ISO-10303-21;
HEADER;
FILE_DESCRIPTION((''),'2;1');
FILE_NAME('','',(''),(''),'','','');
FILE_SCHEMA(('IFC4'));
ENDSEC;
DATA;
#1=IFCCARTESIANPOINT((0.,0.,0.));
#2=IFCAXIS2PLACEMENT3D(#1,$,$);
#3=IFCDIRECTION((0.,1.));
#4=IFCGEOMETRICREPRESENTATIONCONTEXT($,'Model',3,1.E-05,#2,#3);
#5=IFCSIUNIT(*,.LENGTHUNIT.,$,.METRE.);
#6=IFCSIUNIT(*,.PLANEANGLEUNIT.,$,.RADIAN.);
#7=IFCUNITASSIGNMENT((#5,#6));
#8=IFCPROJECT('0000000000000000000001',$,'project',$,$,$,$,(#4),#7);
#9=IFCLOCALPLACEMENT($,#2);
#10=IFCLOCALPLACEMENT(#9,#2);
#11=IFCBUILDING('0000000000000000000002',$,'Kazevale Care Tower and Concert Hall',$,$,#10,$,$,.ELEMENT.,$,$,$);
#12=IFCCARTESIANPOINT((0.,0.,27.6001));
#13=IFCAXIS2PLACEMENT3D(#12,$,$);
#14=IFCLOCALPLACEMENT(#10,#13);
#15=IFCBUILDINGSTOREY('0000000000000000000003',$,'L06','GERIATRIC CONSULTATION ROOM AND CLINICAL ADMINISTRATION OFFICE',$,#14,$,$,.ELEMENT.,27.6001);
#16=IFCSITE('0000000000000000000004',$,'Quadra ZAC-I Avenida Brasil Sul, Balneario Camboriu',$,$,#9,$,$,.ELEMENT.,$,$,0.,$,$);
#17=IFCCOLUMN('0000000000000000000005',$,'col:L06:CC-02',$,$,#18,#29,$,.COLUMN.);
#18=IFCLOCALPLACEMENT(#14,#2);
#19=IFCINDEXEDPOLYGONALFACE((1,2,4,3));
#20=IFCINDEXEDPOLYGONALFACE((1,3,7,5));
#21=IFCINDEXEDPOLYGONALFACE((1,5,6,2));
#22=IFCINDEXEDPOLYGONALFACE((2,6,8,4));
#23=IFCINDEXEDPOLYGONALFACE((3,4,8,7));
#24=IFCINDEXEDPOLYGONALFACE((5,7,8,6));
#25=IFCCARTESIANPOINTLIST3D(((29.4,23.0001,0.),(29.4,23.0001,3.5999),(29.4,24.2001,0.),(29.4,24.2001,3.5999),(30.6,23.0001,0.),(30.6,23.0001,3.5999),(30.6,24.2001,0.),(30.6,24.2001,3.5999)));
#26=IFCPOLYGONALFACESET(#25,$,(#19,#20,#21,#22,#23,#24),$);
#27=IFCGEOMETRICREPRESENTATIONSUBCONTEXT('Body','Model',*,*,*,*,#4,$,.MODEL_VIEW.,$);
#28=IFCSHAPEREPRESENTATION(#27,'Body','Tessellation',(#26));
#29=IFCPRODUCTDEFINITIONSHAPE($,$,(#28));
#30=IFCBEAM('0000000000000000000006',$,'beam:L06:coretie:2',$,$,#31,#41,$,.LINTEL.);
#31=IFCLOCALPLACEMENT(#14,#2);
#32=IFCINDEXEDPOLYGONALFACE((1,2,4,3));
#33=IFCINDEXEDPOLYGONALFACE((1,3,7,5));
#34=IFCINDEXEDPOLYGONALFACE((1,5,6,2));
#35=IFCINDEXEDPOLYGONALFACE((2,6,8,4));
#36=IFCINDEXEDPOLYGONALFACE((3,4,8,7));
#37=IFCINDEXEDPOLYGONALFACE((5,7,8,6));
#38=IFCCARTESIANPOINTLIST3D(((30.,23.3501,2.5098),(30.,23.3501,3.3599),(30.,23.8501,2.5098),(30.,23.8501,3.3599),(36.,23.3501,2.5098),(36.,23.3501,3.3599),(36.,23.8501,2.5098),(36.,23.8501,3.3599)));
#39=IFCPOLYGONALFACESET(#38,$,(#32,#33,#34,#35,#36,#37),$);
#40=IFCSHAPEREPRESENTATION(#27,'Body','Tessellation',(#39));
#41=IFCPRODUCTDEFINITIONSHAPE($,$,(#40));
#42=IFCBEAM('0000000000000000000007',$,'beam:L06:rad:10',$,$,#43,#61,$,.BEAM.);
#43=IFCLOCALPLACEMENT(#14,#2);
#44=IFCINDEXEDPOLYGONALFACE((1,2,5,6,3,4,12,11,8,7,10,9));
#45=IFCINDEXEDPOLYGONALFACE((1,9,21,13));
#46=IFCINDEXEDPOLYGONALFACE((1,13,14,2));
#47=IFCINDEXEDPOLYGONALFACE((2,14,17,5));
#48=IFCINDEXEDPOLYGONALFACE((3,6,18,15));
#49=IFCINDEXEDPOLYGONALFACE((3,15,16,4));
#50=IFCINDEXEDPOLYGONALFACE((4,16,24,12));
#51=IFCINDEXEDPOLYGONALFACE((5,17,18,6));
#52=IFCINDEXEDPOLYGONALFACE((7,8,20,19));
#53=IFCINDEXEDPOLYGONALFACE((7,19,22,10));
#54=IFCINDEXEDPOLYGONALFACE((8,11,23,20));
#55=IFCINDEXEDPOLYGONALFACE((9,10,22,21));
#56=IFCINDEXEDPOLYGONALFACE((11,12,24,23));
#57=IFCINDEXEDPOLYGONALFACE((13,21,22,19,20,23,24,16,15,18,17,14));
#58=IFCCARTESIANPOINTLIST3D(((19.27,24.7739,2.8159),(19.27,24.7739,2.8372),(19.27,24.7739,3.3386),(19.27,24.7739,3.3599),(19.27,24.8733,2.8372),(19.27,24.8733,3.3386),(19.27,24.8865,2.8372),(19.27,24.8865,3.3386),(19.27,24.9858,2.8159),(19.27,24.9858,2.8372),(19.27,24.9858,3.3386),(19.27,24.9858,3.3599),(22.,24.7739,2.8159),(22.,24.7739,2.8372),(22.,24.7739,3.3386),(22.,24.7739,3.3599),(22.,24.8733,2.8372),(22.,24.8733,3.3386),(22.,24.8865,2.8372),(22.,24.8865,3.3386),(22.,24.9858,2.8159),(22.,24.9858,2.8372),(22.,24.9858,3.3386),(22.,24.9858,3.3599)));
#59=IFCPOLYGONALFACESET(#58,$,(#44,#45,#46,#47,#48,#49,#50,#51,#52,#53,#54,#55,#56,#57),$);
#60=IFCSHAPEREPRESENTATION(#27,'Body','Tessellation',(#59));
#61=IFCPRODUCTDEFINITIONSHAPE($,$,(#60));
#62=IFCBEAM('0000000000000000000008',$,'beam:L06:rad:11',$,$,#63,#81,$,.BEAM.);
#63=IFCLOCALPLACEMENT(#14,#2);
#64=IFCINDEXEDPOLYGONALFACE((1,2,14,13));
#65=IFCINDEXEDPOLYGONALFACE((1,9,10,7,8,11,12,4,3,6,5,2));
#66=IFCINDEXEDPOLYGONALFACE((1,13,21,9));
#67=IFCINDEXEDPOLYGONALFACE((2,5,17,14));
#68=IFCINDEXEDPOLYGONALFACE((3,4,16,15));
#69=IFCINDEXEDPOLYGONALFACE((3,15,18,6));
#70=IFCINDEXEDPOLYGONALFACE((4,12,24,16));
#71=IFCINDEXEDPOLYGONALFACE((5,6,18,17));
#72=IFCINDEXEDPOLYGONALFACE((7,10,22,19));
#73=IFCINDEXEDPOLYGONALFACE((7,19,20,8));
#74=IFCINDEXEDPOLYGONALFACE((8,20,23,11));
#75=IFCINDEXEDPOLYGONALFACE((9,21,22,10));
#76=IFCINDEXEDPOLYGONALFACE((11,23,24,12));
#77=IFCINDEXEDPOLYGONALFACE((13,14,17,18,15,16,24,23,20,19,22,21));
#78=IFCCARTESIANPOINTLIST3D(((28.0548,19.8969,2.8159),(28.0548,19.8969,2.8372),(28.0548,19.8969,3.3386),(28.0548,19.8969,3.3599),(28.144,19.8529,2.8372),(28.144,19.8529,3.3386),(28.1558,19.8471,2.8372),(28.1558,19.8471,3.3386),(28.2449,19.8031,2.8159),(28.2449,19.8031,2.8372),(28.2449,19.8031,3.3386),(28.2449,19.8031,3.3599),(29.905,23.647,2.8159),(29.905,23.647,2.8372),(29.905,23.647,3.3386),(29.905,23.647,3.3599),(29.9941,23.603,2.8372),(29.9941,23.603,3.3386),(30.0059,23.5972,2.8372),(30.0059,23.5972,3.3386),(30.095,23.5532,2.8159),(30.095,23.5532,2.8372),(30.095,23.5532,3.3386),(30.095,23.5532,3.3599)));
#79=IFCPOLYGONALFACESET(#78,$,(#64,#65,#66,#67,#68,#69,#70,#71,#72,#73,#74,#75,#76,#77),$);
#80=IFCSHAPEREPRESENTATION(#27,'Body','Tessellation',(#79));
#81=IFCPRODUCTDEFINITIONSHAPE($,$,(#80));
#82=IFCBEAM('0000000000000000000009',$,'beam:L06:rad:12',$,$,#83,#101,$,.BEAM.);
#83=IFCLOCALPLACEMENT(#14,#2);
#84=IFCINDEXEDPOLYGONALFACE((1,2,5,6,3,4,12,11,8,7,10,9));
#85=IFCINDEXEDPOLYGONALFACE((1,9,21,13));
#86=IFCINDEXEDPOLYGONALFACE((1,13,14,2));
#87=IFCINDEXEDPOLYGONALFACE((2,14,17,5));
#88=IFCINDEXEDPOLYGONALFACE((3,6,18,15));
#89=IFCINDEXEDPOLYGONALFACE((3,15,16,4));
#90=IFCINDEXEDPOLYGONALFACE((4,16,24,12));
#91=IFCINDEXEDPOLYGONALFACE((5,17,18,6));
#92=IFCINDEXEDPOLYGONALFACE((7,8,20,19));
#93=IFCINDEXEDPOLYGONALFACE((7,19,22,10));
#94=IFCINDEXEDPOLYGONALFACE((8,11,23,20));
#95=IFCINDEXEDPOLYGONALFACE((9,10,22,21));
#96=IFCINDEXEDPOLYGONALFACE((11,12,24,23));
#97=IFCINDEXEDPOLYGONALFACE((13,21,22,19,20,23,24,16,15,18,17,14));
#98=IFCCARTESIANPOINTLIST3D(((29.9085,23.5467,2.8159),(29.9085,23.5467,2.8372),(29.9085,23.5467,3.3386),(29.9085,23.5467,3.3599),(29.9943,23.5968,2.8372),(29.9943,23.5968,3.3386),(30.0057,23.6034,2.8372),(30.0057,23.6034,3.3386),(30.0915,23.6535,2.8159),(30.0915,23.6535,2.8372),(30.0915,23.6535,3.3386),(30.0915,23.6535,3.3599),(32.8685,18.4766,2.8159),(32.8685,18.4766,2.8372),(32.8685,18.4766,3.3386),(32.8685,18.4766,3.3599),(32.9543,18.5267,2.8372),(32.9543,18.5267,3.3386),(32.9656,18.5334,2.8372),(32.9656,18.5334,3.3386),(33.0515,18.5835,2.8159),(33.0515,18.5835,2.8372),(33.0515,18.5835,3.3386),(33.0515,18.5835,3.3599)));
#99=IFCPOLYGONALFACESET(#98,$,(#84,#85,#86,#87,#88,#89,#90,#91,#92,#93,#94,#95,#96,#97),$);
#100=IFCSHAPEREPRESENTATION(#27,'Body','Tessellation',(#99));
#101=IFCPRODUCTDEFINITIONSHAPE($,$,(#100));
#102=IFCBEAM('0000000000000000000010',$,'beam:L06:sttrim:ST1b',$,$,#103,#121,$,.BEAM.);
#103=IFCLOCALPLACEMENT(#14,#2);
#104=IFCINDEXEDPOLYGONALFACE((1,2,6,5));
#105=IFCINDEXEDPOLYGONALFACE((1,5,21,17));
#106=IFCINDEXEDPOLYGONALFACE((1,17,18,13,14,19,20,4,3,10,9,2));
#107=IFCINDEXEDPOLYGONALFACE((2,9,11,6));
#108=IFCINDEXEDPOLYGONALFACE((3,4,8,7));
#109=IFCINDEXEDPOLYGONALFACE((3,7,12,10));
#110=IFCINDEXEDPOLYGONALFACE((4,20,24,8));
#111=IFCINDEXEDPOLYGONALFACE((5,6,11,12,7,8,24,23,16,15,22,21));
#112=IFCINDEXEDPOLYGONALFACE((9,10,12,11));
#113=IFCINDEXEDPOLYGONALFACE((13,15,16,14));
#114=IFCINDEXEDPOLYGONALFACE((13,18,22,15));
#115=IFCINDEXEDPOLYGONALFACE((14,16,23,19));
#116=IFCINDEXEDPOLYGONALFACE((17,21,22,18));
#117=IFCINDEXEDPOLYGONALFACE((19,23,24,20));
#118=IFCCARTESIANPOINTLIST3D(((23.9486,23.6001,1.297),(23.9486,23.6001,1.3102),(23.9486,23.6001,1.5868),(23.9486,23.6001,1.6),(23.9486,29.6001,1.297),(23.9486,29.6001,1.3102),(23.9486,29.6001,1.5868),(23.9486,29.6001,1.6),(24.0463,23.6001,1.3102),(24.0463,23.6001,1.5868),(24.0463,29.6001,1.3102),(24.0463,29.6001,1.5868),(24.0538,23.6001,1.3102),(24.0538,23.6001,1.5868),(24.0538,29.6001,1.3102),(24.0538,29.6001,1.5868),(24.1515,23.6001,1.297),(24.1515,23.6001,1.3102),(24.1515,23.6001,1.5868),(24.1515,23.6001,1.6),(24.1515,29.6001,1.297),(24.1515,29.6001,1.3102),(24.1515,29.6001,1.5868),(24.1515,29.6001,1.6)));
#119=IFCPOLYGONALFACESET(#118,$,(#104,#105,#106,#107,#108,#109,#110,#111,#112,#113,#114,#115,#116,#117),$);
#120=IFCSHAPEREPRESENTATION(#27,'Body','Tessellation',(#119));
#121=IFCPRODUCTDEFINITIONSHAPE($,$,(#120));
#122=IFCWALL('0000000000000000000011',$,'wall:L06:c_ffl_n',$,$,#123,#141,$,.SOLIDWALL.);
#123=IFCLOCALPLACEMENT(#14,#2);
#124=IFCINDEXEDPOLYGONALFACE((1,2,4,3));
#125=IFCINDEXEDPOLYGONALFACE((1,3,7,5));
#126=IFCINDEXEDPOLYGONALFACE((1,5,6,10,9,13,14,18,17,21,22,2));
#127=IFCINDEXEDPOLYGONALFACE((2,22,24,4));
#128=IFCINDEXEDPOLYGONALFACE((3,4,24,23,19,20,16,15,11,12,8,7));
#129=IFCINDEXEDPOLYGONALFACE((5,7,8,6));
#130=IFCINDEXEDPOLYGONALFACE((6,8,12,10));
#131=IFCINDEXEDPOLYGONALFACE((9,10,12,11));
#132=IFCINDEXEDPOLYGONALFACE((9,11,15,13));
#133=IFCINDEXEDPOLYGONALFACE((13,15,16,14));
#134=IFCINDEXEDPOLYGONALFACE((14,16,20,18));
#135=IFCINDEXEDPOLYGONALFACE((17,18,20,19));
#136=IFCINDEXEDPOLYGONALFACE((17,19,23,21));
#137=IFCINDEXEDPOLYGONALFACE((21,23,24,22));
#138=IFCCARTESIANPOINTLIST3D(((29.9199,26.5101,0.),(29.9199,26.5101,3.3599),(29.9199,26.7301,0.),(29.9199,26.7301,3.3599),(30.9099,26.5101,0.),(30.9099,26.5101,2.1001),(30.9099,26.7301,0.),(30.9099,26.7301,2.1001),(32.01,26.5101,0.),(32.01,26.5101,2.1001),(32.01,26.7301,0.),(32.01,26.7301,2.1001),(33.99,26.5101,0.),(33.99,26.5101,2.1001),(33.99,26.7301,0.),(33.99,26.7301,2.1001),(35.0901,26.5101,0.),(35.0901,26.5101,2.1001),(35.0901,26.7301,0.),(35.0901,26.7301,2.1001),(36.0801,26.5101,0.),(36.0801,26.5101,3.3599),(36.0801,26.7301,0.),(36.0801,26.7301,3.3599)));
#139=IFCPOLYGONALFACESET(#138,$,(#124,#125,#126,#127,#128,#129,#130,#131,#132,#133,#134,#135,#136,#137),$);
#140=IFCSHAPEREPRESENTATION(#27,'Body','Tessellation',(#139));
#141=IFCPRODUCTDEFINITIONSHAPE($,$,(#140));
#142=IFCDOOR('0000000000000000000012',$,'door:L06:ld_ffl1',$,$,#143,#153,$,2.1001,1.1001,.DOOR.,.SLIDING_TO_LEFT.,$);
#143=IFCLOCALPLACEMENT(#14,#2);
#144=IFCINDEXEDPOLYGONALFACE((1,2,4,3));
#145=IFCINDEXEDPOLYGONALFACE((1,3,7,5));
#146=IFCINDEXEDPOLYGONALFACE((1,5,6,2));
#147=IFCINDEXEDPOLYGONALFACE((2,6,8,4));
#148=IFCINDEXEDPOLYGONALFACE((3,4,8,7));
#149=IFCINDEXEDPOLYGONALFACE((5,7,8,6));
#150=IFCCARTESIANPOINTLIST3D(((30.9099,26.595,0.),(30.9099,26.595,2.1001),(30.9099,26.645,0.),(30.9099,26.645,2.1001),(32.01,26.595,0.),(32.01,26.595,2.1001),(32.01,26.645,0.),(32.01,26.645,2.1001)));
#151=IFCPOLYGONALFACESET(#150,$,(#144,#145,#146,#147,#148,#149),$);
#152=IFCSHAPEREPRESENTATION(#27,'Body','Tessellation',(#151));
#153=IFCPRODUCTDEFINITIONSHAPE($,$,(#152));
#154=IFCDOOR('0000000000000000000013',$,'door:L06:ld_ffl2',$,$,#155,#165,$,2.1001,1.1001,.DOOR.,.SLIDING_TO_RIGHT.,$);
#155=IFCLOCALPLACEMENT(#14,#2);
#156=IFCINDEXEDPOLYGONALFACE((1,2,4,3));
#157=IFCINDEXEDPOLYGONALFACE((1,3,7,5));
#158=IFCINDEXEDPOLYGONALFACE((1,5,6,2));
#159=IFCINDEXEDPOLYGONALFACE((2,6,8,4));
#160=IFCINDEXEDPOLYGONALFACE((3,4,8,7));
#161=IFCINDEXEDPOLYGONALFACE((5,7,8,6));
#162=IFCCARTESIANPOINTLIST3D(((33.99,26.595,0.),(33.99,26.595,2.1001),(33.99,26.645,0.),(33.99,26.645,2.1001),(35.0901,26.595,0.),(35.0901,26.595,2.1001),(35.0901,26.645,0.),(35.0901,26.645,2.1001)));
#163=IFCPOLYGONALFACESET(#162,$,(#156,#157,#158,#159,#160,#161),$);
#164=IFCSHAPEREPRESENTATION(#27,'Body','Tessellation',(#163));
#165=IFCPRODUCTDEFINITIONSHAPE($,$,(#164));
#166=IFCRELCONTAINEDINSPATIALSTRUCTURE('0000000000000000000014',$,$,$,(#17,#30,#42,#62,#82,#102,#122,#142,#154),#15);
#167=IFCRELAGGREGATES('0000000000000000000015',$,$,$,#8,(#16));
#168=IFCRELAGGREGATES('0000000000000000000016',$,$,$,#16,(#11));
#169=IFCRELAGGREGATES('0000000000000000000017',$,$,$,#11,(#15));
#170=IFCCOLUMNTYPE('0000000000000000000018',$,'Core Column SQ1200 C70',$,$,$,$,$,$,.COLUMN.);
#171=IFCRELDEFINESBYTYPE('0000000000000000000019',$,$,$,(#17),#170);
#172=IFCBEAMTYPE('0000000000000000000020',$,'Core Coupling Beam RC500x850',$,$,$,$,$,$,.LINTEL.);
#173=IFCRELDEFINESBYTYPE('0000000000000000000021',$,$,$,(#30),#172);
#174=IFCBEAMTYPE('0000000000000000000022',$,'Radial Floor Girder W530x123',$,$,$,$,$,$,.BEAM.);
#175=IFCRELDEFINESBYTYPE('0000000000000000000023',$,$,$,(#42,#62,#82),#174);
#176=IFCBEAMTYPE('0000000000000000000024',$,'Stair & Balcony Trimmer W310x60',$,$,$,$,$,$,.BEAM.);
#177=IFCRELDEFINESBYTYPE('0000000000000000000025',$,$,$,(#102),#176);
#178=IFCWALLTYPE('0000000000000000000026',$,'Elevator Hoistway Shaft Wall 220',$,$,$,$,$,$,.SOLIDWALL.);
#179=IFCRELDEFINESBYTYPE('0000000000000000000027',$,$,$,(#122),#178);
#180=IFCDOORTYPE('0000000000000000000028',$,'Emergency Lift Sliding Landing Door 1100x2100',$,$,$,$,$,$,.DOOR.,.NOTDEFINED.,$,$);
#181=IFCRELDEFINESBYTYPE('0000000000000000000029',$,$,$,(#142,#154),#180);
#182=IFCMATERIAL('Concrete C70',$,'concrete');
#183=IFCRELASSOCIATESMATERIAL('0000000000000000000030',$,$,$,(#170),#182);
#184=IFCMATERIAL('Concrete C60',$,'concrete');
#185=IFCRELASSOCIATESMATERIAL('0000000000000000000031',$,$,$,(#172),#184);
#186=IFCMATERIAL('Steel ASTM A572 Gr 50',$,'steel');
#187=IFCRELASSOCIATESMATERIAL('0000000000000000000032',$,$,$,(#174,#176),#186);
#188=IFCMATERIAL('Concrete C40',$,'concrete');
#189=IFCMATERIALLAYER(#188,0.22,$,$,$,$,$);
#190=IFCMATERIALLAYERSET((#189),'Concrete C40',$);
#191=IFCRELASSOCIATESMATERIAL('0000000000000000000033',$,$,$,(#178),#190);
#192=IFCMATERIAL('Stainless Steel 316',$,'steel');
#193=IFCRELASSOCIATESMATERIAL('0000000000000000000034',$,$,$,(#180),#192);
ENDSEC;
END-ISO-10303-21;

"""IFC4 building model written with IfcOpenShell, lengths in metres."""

from ifc_helpers import new_model, si_unit, direction, frame, frame_2d, origin, origin_2d, place, context, subcontext, project, spatial, rectangle, i_section, extrude, material, layer, layer_set, material_profile, profile_set, type_object, element, fill, save


model = new_model("IFC4")

# Units and contexts
model_context = context("Model", 3, precision=1e-05, world=origin(), true_north=direction((0.0, 1.0)))
body_context = subcontext(model_context, "Body", "Model", "MODEL_VIEW")
ifc_project = project(units=[si_unit("LENGTHUNIT", "METRE"), si_unit("PLANEANGLEUNIT", "RADIAN")], contexts=[model_context])

# Site, building, storey
site_placement = place(None, origin())
site = spatial("IfcSite", under=ifc_project, at=site_placement, Name="Quadra ZAC-I Avenida Brasil Sul, Balneario Camboriu", CompositionType="ELEMENT", RefElevation=0.0)
building_placement = place(site_placement, origin())
building = spatial("IfcBuilding", under=site, at=building_placement, Name="Kazevale Care Tower and Concert Hall", CompositionType="ELEMENT")
storey_placement = place(building_placement, frame((0.0, 0.0, 27.6001)))
storey = spatial("IfcBuildingStorey", under=building, at=storey_placement, Name="L06", Description="GERIATRIC CONSULTATION ROOM AND CLINICAL ADMINISTRATION OFFICE", CompositionType="ELEMENT", Elevation=27.6001)

# Column
ifc_material_1 = material(Name="Concrete C70", Category="concrete")
ifc_material_profile_1 = material_profile(ifc_material_1, rectangle(XDim=1.2, YDim=1.2, at=origin_2d()), Name="RC-SQ1200")
ifc_profile_set_1 = profile_set([ifc_material_profile_1], Name="Concrete C70")
column_type = type_object("IfcColumnType", Name="Core Column SQ1200 C70", PredefinedType="COLUMN", material=ifc_profile_set_1)
column_placement = place(storey_placement, frame((30.0, 23.6001, 0.0), z_axis=(0.0, 0.0, 1.0), x_axis=(1.0, 0.0, 0.0)))
element("IfcColumn", 1, at=column_placement, inside=storey, type_object=column_type, Name="col:L06:CC-02", PredefinedType="COLUMN", context=body_context, shape_type="SweptSolid", body=[
    extrude(rectangle(XDim=1.2, YDim=1.2, at=origin_2d()), origin(), (0.0, 0.0, 1.0), 3.5999),
])

# Beams
ifc_material_2 = material(Name="Concrete C60", Category="concrete")
ifc_material_profile_2 = material_profile(ifc_material_2, rectangle(XDim=0.5, YDim=0.8501, at=origin_2d()), Name="RC-B500x850")
ifc_profile_set_2 = profile_set([ifc_material_profile_2], Name="Concrete C60")
beam_type_1 = type_object("IfcBeamType", Name="Core Coupling Beam RC500x850", PredefinedType="LINTEL", material=ifc_profile_set_2)
beam_1_placement = place(storey_placement, frame((30.0, 23.6001, 2.9348), z_axis=(1.0, 0.0, 0.0), x_axis=(0.0, 1.0, 0.0)))
element("IfcBeam", 2, at=beam_1_placement, inside=storey, type_object=beam_type_1, Name="beam:L06:coretie:2", PredefinedType="LINTEL", context=body_context, shape_type="SweptSolid", body=[
    extrude(rectangle(XDim=0.5, YDim=0.8501, at=origin_2d()), origin(), (0.0, 0.0, 1.0), 6.0),
])
ifc_material_3 = material(Name="Steel ASTM A572 Gr 50", Category="steel")
ifc_material_profile_3 = material_profile(ifc_material_3, i_section(OverallWidth=0.2119, OverallDepth=0.5439, WebThickness=0.0132, FlangeThickness=0.0212, at=origin_2d()), Name="W530x123")
ifc_profile_set_3 = profile_set([ifc_material_profile_3], Name="Steel ASTM A572 Gr 50")
beam_type_2 = type_object("IfcBeamType", Name="Radial Floor Girder W530x123", PredefinedType="BEAM", material=ifc_profile_set_3)
beam_2_placement = place(storey_placement, frame((22.0, 24.8799, 3.0879), z_axis=(-1.0, 0.0, 0.0), x_axis=(0.0, -1.0, 0.0)))
element("IfcBeam", 3, at=beam_2_placement, inside=storey, type_object=beam_type_2, Name="beam:L06:rad:10", PredefinedType="BEAM", context=body_context, shape_type="SweptSolid", body=[
    extrude(i_section(OverallWidth=0.2119, OverallDepth=0.5439, WebThickness=0.0132, FlangeThickness=0.0212, at=origin_2d()), origin(), (0.0, 0.0, 1.0), 2.73),
])
beam_3_placement = place(storey_placement, frame((30.0, 23.6001, 3.0879), z_axis=(-0.442443, -0.896797, 0.0), x_axis=(0.896797, -0.442443, 0.0)))
element("IfcBeam", 4, at=beam_3_placement, inside=storey, type_object=beam_type_2, Name="beam:L06:rad:11", PredefinedType="BEAM", context=body_context, shape_type="SweptSolid", body=[
    extrude(i_section(OverallWidth=0.2119, OverallDepth=0.5439, WebThickness=0.0132, FlangeThickness=0.0212, at=origin_2d()), origin(), (0.0, 0.0, 1.0), 4.1816),
])
beam_4_placement = place(storey_placement, frame((30.0, 23.6001, 3.0879), z_axis=(0.504179, -0.863599, 0.0), x_axis=(0.863599, 0.504179, 0.0)))
element("IfcBeam", 5, at=beam_4_placement, inside=storey, type_object=beam_type_2, Name="beam:L06:rad:12", PredefinedType="BEAM", context=body_context, shape_type="SweptSolid", body=[
    extrude(i_section(OverallWidth=0.2119, OverallDepth=0.5439, WebThickness=0.0132, FlangeThickness=0.0212, at=origin_2d()), origin(), (0.0, 0.0, 1.0), 5.8708),
])
ifc_material_profile_4 = material_profile(ifc_material_3, i_section(OverallWidth=0.2029, OverallDepth=0.303, WebThickness=0.0076, FlangeThickness=0.0132, at=origin_2d()), Name="W310x60")
ifc_profile_set_4 = profile_set([ifc_material_profile_4], Name="Steel ASTM A572 Gr 50")
beam_type_3 = type_object("IfcBeamType", Name="Stair & Balcony Trimmer W310x60", PredefinedType="BEAM", material=ifc_profile_set_4)
beam_5_placement = place(storey_placement, frame((24.05, 23.6001, 1.4485), z_axis=(0.0, 1.0, 0.0), x_axis=(-1.0, 0.0, 0.0)))
element("IfcBeam", 6, at=beam_5_placement, inside=storey, type_object=beam_type_3, Name="beam:L06:sttrim:ST1b", PredefinedType="BEAM", context=body_context, shape_type="SweptSolid", body=[
    extrude(i_section(OverallWidth=0.2029, OverallDepth=0.303, WebThickness=0.0076, FlangeThickness=0.0132, at=origin_2d()), origin(), (0.0, 0.0, 1.0), 6.0),
])

# Wall, openings, doors
ifc_material_4 = material(Name="Concrete C40", Category="concrete")
ifc_layer_1 = layer(ifc_material_4, 0.22)
ifc_layer_set_1 = layer_set([ifc_layer_1], Name="Concrete C40")
wall_type_1 = type_object("IfcWallType", Name="Elevator Hoistway Shaft Wall 220", PredefinedType="SOLIDWALL", material=ifc_layer_set_1)
wall_1_placement = place(storey_placement, frame((29.9199, 26.6201, 0.0), z_axis=(0.0, 0.0, 1.0), x_axis=(1.0, 0.0, 0.0)))
wall_1 = element("IfcWall", 7, at=wall_1_placement, inside=storey, type_object=wall_type_1, Name="wall:L06:c_ffl_n", PredefinedType="SOLIDWALL", context=body_context, shape_type="SweptSolid", body=[
    extrude(rectangle(XDim=6.1602, YDim=0.22, at=frame_2d((3.0801, 0.0))), origin(), (0.0, 0.0, 1.0), 3.3599),
])
opening_1_placement = place(wall_1_placement, frame((0.99, 0.0, 0.0)))
opening_1 = element("IfcOpeningElement", 8, at=opening_1_placement, cuts=wall_1, PredefinedType="OPENING", context=body_context, shape_type="SweptSolid", body=[
    extrude(rectangle(XDim=1.1001, YDim=2.1001, at=frame_2d((0.55, 1.05))), frame((0.0, 0.1199, 0.0), z_axis=(0.0, -1.0, 0.0), x_axis=(1.0, 0.0, 0.0)), (0.0, 0.0, 1.0), 0.24),
])
opening_2_placement = place(wall_1_placement, frame((4.0701, 0.0, 0.0)))
opening_2 = element("IfcOpeningElement", 9, at=opening_2_placement, cuts=wall_1, PredefinedType="OPENING", context=body_context, shape_type="SweptSolid", body=[
    extrude(rectangle(XDim=1.1001, YDim=2.1001, at=frame_2d((0.55, 1.05))), frame((0.0, 0.1199, 0.0), z_axis=(0.0, -1.0, 0.0), x_axis=(1.0, 0.0, 0.0)), (0.0, 0.0, 1.0), 0.24),
])
ifc_material_5 = material(Name="Stainless Steel 316", Category="steel")
door_type_1 = type_object("IfcDoorType", Name="Emergency Lift Sliding Landing Door 1100x2100", OperationType="NOTDEFINED", PredefinedType="DOOR", material=ifc_material_5)
door_1_placement = place(opening_1_placement, origin())
door_1 = element("IfcDoor", 10, at=door_1_placement, inside=storey, type_object=door_type_1, Name="door:L06:ld_ffl1", OperationType="SLIDING_TO_LEFT", OverallHeight=2.1001, OverallWidth=1.1001, PredefinedType="DOOR", context=body_context, shape_type="SweptSolid", body=[
    extrude(rectangle(XDim=1.1001, YDim=2.1001, at=frame_2d((0.55, 1.05))), frame((0.0, 0.0249, 0.0), z_axis=(0.0, -1.0, 0.0), x_axis=(1.0, 0.0, 0.0)), (0.0, 0.0, 1.0), 0.05),
])
fill(opening_1, door_1)
door_2_placement = place(opening_2_placement, origin())
door_2 = element("IfcDoor", 11, at=door_2_placement, inside=storey, type_object=door_type_1, Name="door:L06:ld_ffl2", OperationType="SLIDING_TO_RIGHT", OverallHeight=2.1001, OverallWidth=1.1001, PredefinedType="DOOR", context=body_context, shape_type="SweptSolid", body=[
    extrude(rectangle(XDim=1.1001, YDim=2.1001, at=frame_2d((0.55, 1.05))), frame((0.0, 0.0249, 0.0), z_axis=(0.0, -1.0, 0.0), x_axis=(1.0, 0.0, 0.0)), (0.0, 0.0, 1.0), 0.05),
])
fill(opening_2, door_2)

save(model, "model.ifc")
